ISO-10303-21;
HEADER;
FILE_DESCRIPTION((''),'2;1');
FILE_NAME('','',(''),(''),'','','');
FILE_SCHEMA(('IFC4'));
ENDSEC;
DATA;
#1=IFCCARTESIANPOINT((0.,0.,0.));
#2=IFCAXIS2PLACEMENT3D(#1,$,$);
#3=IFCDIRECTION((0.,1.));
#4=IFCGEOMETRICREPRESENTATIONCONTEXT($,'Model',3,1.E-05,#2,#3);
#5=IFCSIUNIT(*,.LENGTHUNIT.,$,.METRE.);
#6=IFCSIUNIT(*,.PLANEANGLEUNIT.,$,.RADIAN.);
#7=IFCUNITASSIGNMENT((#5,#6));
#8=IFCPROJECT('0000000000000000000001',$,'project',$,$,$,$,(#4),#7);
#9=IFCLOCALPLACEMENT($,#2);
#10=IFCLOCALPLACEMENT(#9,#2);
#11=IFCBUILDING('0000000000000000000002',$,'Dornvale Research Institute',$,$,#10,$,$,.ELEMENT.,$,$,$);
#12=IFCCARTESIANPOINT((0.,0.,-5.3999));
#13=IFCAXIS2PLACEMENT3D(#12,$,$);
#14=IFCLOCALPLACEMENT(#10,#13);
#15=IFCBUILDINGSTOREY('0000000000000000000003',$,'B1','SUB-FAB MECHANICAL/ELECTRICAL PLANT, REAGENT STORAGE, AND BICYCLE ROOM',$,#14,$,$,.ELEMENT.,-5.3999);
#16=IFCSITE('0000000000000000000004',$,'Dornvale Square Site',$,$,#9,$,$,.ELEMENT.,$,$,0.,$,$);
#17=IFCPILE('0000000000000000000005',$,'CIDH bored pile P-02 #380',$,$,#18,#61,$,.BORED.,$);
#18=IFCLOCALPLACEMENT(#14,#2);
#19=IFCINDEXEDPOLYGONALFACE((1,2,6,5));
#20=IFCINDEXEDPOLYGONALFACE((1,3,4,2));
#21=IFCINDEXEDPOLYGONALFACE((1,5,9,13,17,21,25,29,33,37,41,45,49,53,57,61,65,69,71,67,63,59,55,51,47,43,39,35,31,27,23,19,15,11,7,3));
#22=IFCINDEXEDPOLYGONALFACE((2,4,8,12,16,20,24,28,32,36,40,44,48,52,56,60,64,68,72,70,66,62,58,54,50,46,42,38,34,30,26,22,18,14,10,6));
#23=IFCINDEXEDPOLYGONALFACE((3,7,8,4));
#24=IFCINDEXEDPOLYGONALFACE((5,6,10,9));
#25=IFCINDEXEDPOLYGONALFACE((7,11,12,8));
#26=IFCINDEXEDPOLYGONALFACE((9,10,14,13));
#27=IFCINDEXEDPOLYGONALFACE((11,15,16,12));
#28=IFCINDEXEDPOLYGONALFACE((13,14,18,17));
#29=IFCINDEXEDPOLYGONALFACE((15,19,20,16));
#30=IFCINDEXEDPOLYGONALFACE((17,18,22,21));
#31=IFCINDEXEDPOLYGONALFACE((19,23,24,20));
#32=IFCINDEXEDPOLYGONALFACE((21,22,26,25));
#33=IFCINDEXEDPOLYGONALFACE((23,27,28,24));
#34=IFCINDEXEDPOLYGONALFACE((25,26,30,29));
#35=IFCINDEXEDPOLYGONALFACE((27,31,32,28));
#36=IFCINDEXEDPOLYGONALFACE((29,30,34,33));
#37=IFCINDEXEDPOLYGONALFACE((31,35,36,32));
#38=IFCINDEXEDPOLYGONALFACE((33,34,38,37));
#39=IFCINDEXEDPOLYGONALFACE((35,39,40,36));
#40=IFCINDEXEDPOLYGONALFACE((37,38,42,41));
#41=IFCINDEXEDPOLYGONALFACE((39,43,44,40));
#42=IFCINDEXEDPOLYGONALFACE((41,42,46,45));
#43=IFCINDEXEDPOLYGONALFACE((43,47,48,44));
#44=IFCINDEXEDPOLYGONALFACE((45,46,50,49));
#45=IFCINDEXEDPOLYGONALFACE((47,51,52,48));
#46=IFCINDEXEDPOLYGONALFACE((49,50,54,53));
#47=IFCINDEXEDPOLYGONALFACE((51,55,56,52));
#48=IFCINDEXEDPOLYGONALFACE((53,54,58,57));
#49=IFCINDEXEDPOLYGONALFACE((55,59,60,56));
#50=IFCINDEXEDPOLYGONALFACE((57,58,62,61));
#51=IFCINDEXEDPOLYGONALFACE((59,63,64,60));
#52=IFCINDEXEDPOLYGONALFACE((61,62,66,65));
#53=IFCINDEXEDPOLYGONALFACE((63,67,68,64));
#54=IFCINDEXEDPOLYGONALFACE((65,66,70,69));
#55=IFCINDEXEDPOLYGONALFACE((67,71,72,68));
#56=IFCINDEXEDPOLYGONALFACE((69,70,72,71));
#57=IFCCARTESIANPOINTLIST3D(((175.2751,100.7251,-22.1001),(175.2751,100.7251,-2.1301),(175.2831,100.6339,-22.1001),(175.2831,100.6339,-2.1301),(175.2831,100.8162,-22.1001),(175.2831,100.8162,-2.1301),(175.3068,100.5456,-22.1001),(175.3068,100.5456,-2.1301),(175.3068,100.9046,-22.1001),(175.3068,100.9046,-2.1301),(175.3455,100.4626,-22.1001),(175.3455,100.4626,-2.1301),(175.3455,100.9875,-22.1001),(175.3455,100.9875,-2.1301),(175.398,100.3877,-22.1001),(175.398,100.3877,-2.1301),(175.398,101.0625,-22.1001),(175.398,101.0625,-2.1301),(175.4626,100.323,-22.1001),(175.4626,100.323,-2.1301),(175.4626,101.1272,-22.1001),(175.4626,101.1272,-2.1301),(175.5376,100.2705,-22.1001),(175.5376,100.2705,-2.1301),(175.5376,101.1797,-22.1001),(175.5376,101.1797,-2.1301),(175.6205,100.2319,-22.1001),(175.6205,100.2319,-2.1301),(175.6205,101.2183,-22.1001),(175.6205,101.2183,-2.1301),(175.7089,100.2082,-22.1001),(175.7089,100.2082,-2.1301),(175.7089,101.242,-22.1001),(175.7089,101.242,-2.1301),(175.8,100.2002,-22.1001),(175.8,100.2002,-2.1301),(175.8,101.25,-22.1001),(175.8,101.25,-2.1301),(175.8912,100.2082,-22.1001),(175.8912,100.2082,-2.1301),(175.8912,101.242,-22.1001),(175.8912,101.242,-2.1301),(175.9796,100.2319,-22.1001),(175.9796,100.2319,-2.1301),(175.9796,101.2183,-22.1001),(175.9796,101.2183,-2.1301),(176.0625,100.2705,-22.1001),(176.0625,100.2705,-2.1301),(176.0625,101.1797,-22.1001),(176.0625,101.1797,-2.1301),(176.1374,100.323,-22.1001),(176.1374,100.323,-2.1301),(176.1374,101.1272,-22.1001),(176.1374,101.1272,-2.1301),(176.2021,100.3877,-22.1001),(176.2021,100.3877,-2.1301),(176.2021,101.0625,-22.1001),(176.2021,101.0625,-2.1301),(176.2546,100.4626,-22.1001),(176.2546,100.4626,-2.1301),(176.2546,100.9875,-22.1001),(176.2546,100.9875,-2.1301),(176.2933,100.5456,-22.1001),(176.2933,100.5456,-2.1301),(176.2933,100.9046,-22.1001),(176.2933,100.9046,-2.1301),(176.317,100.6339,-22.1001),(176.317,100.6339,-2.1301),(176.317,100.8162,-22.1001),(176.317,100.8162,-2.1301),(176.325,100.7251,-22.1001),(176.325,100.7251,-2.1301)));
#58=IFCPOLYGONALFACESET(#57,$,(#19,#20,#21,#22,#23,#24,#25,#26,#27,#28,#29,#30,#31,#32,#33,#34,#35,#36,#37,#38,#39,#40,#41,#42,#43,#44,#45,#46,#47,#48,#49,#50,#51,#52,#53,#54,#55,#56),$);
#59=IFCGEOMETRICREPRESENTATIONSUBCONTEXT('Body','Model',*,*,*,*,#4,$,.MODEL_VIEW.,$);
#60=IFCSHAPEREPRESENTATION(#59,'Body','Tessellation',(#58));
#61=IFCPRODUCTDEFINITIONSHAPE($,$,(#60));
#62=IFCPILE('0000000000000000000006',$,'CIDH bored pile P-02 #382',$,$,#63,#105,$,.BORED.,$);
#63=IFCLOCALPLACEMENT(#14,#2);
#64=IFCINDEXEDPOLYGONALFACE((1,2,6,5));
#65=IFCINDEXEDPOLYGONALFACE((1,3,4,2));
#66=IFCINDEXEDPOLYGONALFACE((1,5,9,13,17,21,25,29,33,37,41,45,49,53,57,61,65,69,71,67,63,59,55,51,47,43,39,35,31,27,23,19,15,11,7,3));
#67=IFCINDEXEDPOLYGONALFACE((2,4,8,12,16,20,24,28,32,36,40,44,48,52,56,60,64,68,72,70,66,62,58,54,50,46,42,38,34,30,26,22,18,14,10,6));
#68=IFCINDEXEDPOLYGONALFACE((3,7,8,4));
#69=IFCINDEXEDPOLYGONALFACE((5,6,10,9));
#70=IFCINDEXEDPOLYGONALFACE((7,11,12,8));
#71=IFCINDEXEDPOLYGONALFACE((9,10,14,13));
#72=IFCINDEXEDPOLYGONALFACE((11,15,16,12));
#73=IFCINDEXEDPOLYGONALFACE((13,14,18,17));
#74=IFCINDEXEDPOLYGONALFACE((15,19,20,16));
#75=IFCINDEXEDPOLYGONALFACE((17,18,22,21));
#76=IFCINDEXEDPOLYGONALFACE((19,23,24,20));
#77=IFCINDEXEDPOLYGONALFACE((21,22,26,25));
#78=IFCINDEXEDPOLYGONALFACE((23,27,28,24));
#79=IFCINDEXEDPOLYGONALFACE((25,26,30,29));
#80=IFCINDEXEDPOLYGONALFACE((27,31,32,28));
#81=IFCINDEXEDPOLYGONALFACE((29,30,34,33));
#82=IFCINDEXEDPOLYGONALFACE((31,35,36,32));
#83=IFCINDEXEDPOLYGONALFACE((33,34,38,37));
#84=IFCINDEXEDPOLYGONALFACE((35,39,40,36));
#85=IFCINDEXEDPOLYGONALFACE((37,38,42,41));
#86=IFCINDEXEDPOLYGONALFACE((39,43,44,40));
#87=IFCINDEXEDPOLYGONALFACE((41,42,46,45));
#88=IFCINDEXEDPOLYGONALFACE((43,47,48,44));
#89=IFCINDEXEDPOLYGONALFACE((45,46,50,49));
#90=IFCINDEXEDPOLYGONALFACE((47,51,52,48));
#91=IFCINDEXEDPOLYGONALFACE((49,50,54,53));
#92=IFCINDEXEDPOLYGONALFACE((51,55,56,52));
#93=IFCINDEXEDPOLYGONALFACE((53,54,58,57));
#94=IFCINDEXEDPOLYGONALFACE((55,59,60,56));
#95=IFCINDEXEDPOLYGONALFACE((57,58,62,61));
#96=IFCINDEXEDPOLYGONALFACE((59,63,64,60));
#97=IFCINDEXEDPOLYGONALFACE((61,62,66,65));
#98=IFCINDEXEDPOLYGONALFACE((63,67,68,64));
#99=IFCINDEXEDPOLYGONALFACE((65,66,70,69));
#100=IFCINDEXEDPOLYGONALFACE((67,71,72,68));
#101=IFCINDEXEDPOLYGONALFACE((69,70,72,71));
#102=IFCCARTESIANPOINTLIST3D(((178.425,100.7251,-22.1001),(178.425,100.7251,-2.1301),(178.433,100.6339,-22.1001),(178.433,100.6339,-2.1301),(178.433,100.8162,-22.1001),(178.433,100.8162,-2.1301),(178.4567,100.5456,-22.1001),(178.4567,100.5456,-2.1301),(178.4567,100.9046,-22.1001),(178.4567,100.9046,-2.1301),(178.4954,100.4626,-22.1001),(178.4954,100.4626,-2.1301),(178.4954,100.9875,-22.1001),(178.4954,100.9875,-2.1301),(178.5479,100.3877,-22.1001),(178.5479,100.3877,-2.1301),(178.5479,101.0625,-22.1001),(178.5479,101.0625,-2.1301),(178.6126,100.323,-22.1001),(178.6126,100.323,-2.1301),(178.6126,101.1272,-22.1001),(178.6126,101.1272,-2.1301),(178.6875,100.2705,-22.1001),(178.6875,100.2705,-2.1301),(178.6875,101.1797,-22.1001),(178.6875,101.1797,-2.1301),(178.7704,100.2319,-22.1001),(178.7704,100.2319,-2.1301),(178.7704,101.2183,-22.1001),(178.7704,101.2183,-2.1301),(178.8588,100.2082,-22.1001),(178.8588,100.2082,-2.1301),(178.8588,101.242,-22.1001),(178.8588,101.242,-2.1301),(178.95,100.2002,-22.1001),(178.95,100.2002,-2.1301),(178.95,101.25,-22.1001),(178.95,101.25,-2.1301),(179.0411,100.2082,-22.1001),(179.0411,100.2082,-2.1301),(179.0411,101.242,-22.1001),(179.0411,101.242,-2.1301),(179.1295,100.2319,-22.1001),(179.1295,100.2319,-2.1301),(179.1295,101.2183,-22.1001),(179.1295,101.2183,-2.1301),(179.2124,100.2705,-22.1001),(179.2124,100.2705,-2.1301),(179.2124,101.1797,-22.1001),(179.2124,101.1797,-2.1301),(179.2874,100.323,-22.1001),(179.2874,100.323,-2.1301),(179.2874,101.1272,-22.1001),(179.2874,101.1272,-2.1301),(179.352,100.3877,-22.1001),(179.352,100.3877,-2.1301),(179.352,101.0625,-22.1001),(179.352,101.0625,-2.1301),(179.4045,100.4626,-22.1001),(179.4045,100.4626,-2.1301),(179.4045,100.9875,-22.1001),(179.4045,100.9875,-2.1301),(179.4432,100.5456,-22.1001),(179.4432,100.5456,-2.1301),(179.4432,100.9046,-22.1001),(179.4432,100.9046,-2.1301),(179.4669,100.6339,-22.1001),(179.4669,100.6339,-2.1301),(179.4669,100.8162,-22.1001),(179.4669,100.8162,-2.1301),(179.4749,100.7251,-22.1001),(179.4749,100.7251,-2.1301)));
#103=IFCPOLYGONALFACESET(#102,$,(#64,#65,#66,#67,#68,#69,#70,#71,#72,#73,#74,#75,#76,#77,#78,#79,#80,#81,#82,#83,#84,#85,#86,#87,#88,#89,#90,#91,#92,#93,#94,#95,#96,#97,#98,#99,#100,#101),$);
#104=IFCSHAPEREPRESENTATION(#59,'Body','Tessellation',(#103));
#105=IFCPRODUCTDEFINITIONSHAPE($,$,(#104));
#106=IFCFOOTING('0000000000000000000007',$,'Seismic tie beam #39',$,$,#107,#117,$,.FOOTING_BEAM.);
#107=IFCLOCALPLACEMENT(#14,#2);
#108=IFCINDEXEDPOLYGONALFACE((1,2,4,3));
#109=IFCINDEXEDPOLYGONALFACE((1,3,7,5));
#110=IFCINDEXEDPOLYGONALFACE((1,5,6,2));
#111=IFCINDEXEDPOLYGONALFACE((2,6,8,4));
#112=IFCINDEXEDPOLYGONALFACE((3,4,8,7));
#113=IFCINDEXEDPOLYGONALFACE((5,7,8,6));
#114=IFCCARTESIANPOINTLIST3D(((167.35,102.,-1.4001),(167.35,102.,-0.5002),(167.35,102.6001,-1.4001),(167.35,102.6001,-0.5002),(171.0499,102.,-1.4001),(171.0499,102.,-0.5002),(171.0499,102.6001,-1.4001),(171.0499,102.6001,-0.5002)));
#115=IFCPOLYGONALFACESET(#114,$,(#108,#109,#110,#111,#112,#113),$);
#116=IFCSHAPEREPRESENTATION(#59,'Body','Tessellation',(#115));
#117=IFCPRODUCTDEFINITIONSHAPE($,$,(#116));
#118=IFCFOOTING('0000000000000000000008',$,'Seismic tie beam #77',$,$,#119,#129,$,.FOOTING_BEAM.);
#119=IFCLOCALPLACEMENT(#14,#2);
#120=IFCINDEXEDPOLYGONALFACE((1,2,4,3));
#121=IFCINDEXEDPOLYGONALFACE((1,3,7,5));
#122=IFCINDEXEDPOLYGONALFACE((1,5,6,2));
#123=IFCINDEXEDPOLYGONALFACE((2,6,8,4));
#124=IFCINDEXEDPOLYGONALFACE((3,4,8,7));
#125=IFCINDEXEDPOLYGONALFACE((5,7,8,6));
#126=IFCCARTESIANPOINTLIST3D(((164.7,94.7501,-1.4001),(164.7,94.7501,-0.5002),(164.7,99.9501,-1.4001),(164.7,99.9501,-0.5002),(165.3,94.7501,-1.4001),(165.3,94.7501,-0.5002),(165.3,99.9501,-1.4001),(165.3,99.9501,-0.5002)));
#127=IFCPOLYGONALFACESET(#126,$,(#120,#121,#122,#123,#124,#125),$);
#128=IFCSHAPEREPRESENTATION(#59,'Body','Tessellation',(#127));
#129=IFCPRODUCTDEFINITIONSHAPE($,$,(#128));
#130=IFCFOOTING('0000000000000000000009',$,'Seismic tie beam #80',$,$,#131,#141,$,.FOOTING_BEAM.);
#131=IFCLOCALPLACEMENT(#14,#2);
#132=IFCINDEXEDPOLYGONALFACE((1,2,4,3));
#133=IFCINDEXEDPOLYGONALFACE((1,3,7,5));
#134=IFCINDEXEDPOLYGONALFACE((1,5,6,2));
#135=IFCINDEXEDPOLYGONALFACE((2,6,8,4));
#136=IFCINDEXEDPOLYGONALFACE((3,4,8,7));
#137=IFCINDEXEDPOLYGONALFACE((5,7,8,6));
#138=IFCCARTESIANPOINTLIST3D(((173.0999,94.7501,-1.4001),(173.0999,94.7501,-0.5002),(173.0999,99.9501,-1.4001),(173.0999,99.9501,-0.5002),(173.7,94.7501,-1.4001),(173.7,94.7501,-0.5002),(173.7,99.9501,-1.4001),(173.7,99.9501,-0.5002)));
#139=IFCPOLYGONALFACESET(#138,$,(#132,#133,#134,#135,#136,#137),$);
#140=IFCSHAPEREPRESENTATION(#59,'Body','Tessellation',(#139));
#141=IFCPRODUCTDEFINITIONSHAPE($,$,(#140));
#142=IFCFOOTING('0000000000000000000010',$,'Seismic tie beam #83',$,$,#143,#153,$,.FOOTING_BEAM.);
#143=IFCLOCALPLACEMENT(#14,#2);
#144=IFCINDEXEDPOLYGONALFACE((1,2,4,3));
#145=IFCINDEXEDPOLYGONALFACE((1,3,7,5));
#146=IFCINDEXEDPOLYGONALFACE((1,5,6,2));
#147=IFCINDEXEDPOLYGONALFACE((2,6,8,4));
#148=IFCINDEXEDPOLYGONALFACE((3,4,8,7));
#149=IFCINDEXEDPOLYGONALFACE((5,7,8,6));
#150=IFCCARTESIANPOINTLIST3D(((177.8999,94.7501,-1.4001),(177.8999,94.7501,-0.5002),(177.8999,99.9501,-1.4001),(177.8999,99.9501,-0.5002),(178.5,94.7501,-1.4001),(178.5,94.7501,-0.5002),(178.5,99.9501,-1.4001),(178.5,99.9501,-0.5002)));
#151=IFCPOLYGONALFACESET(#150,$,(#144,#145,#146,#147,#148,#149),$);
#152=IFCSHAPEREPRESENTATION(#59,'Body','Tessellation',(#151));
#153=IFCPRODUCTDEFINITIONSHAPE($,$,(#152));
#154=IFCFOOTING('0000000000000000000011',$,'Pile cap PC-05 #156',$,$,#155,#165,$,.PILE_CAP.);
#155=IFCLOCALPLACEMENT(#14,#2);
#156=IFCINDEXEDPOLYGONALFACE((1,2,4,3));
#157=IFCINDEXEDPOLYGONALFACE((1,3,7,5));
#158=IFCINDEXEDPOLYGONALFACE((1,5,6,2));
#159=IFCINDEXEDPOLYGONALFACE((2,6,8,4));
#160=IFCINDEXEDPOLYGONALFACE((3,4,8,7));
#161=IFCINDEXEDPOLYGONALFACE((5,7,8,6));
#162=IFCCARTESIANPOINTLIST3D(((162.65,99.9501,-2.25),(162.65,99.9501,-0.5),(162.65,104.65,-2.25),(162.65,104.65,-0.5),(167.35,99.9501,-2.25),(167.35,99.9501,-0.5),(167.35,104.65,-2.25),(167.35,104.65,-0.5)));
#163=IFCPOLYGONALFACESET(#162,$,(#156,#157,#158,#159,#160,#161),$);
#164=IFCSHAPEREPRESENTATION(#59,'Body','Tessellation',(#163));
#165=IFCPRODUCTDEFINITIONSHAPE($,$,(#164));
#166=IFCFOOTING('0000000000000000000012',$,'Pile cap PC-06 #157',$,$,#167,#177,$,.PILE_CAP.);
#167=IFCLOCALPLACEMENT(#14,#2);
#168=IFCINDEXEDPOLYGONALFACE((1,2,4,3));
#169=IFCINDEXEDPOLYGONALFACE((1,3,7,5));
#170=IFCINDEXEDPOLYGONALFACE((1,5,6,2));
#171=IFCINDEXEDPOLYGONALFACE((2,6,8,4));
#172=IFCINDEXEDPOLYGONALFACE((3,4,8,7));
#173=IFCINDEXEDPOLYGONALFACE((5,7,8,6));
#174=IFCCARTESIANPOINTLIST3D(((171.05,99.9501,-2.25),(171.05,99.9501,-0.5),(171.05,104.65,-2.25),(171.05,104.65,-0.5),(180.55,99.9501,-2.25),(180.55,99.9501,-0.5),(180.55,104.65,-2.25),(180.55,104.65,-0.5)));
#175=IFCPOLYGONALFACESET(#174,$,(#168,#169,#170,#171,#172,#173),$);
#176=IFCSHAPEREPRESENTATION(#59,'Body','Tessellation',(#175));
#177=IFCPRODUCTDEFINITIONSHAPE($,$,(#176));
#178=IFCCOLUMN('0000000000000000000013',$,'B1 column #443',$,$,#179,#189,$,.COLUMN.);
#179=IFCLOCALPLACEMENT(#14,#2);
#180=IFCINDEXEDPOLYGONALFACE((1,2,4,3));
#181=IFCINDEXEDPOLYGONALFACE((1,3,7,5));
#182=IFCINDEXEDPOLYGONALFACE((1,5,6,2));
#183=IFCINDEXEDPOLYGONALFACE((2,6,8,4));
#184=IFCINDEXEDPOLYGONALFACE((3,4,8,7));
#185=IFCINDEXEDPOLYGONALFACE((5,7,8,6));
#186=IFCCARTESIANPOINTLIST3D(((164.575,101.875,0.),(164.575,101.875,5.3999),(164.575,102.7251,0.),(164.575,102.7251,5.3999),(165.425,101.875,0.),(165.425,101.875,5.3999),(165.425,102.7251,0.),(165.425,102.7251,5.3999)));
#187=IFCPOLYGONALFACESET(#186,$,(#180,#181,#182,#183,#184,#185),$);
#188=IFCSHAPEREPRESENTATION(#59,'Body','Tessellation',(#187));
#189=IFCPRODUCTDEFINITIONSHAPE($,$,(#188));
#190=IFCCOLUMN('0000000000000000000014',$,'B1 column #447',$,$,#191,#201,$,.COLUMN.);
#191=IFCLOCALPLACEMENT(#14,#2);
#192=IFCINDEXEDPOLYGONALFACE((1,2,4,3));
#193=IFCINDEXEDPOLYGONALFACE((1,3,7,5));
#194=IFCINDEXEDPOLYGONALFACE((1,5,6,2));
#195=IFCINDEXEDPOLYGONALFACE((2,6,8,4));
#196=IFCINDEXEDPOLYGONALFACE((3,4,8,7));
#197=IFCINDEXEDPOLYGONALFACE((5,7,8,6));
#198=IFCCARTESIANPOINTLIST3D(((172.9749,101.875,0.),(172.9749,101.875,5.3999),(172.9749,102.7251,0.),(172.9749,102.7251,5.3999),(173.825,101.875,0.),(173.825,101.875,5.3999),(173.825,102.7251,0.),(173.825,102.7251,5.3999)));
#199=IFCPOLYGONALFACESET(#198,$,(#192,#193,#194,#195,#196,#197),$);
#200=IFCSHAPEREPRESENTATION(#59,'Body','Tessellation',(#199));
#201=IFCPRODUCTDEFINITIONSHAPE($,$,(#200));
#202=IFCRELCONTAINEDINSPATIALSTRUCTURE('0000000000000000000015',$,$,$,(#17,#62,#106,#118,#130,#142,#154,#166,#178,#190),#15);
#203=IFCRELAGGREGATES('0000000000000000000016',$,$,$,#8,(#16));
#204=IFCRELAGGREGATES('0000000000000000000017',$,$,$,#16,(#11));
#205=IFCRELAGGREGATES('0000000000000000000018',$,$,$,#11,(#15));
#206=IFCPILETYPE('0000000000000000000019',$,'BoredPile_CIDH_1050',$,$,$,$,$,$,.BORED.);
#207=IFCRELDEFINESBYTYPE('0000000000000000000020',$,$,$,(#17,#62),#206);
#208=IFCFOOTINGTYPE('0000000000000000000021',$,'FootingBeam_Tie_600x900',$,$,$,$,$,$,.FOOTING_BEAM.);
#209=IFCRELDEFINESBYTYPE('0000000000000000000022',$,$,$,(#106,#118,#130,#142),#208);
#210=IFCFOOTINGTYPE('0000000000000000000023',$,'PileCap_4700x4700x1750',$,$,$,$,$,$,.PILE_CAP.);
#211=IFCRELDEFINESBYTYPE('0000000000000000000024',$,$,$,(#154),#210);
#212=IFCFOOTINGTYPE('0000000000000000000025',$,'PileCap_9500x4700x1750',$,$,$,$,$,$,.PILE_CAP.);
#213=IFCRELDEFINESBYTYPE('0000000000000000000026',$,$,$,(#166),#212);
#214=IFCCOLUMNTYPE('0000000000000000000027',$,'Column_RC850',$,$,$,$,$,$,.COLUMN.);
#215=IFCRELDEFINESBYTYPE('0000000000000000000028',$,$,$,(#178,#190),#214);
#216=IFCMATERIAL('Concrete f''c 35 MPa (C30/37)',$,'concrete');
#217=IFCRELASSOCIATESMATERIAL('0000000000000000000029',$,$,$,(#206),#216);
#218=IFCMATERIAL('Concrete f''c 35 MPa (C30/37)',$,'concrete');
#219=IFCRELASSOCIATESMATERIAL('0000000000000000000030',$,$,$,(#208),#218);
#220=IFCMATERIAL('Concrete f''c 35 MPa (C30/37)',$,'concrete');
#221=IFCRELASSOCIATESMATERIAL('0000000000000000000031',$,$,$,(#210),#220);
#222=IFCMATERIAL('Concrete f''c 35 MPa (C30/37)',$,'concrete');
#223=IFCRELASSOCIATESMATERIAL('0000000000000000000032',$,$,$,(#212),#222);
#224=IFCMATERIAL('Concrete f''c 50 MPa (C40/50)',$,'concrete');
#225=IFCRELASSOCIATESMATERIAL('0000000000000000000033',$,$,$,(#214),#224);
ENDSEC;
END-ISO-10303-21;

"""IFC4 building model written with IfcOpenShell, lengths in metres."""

from ifc_helpers import new_model, si_unit, direction, frame, origin, origin_2d, place, context, subcontext, project, spatial, rectangle, circle, extrude, material, material_profile, profile_set, type_object, element, save


model = new_model("IFC4")

# Units and contexts
model_context = context("Model", 3, precision=1e-05, world=origin(), true_north=direction((0.0, 1.0)))
body_context = subcontext(model_context, "Body", "Model", "MODEL_VIEW")
ifc_project = project(units=[si_unit("LENGTHUNIT", "METRE"), si_unit("PLANEANGLEUNIT", "RADIAN")], contexts=[model_context])

# Site, building, storey
site_placement = place(None, origin())
site = spatial("IfcSite", under=ifc_project, at=site_placement, Name="Dornvale Square Site", CompositionType="ELEMENT", RefElevation=0.0)
building_placement = place(site_placement, origin())
building = spatial("IfcBuilding", under=site, at=building_placement, Name="Dornvale Research Institute", CompositionType="ELEMENT")
storey_placement = place(building_placement, frame((0.0, 0.0, -5.3999)))
storey = spatial("IfcBuildingStorey", under=building, at=storey_placement, Name="B1", Description="SUB-FAB MECHANICAL/ELECTRICAL PLANT, REAGENT STORAGE, AND BICYCLE ROOM", CompositionType="ELEMENT", Elevation=-5.3999)

# Piles
ifc_material_1 = material(Name="Concrete f'c 35 MPa (C30/37)", Category="concrete")
ifc_material_profile_1 = material_profile(ifc_material_1, circle(Radius=0.5249, at=origin_2d()), Name="CIDH PILE D1050")
ifc_profile_set_1 = profile_set([ifc_material_profile_1], Name="Concrete f'c 35 MPa (C30/37)")
pile_type = type_object("IfcPileType", Name="BoredPile_CIDH_1050", PredefinedType="BORED", material=ifc_profile_set_1)
for number, where, z_axis, x_axis, name in (
    (1, (175.8, 100.7251, -2.1301), (0.0, 0.0, -1.0), (1.0, 0.0, 0.0), "CIDH bored pile P-02 #380"),
    (2, (178.95, 100.7251, -2.1301), (0.0, 0.0, -1.0), (1.0, 0.0, 0.0), "CIDH bored pile P-02 #382"),
):
    element("IfcPile", number, at=place(storey_placement, frame(where, z_axis=z_axis, x_axis=x_axis)), inside=storey, type_object=pile_type, Name=name, PredefinedType="BORED", context=body_context, shape_type="SweptSolid", body=[
        extrude(circle(Radius=0.5249, at=origin_2d()), origin(), (0.0, 0.0, 1.0), 19.97),
    ])

# Footings
ifc_material_2 = material(Name="Concrete f'c 35 MPa (C30/37)", Category="concrete")
footing_type_1 = type_object("IfcFootingType", Name="FootingBeam_Tie_600x900", PredefinedType="FOOTING_BEAM", material=ifc_material_2)
footing_1_placement = place(storey_placement, frame((169.2, 102.3, -1.4001), z_axis=(0.0, 0.0, 1.0), x_axis=(1.0, 0.0, 0.0)))
element("IfcFooting", 3, at=footing_1_placement, inside=storey, type_object=footing_type_1, Name="Seismic tie beam #39", PredefinedType="FOOTING_BEAM", context=body_context, shape_type="SweptSolid", body=[
    extrude(rectangle(XDim=3.7, YDim=0.6001, at=origin_2d()), origin(), (0.0, 0.0, 1.0), 0.8999),
])
for number, where, z_axis, x_axis, name in (
    (4, (165.0, 97.3501, -1.4001), (0.0, 0.0, 1.0), (0.0, 1.0, 0.0), "Seismic tie beam #77"),
    (5, (173.3999, 97.3501, -1.4001), (0.0, 0.0, 1.0), (0.0, 1.0, 0.0), "Seismic tie beam #80"),
    (6, (178.2, 97.3501, -1.4001), (0.0, 0.0, 1.0), (0.0, 1.0, 0.0), "Seismic tie beam #83"),
):
    element("IfcFooting", number, at=place(storey_placement, frame(where, z_axis=z_axis, x_axis=x_axis)), inside=storey, type_object=footing_type_1, Name=name, PredefinedType="FOOTING_BEAM", context=body_context, shape_type="SweptSolid", body=[
        extrude(rectangle(XDim=5.2, YDim=0.6001, at=origin_2d()), origin(), (0.0, 0.0, 1.0), 0.8999),
    ])
ifc_material_3 = material(Name="Concrete f'c 35 MPa (C30/37)", Category="concrete")
footing_type_2 = type_object("IfcFootingType", Name="PileCap_4700x4700x1750", PredefinedType="PILE_CAP", material=ifc_material_3)
footing_2_placement = place(storey_placement, frame((165.0, 102.3, -2.25), z_axis=(0.0, 0.0, 1.0), x_axis=(1.0, 0.0, 0.0)))
element("IfcFooting", 7, at=footing_2_placement, inside=storey, type_object=footing_type_2, Name="Pile cap PC-05 #156", PredefinedType="PILE_CAP", context=body_context, shape_type="SweptSolid", body=[
    extrude(rectangle(XDim=4.7, YDim=4.7, at=origin_2d()), origin(), (0.0, 0.0, 1.0), 1.75),
])
ifc_material_4 = material(Name="Concrete f'c 35 MPa (C30/37)", Category="concrete")
footing_type_3 = type_object("IfcFootingType", Name="PileCap_9500x4700x1750", PredefinedType="PILE_CAP", material=ifc_material_4)
footing_3_placement = place(storey_placement, frame((175.8, 102.3, -2.25), z_axis=(0.0, 0.0, 1.0), x_axis=(1.0, 0.0, 0.0)))
element("IfcFooting", 8, at=footing_3_placement, inside=storey, type_object=footing_type_3, Name="Pile cap PC-06 #157", PredefinedType="PILE_CAP", context=body_context, shape_type="SweptSolid", body=[
    extrude(rectangle(XDim=9.5, YDim=4.7, at=origin_2d()), origin(), (0.0, 0.0, 1.0), 1.75),
])

# Columns
ifc_material_5 = material(Name="Concrete f'c 50 MPa (C40/50)", Category="concrete")
ifc_material_profile_2 = material_profile(ifc_material_5, rectangle(XDim=0.8501, YDim=0.8501, at=origin_2d()), Name="RC 850x850")
ifc_profile_set_2 = profile_set([ifc_material_profile_2], Name="Concrete f'c 50 MPa (C40/50)")
column_type = type_object("IfcColumnType", Name="Column_RC850", PredefinedType="COLUMN", material=ifc_profile_set_2)
for number, where, z_axis, x_axis, name in (
    (9, (165.0, 102.3, 0.0), (0.0, 0.0, 1.0), (1.0, 0.0, 0.0), "B1 column #443"),
    (10, (173.3999, 102.3, 0.0), (0.0, 0.0, 1.0), (1.0, 0.0, 0.0), "B1 column #447"),
):
    element("IfcColumn", number, at=place(storey_placement, frame(where, z_axis=z_axis, x_axis=x_axis)), inside=storey, type_object=column_type, Name=name, PredefinedType="COLUMN", context=body_context, shape_type="SweptSolid", body=[
        extrude(rectangle(XDim=0.8501, YDim=0.8501, at=origin_2d()), origin(), (0.0, 0.0, 1.0), 5.3999),
    ])

save(model, "model.ifc")
